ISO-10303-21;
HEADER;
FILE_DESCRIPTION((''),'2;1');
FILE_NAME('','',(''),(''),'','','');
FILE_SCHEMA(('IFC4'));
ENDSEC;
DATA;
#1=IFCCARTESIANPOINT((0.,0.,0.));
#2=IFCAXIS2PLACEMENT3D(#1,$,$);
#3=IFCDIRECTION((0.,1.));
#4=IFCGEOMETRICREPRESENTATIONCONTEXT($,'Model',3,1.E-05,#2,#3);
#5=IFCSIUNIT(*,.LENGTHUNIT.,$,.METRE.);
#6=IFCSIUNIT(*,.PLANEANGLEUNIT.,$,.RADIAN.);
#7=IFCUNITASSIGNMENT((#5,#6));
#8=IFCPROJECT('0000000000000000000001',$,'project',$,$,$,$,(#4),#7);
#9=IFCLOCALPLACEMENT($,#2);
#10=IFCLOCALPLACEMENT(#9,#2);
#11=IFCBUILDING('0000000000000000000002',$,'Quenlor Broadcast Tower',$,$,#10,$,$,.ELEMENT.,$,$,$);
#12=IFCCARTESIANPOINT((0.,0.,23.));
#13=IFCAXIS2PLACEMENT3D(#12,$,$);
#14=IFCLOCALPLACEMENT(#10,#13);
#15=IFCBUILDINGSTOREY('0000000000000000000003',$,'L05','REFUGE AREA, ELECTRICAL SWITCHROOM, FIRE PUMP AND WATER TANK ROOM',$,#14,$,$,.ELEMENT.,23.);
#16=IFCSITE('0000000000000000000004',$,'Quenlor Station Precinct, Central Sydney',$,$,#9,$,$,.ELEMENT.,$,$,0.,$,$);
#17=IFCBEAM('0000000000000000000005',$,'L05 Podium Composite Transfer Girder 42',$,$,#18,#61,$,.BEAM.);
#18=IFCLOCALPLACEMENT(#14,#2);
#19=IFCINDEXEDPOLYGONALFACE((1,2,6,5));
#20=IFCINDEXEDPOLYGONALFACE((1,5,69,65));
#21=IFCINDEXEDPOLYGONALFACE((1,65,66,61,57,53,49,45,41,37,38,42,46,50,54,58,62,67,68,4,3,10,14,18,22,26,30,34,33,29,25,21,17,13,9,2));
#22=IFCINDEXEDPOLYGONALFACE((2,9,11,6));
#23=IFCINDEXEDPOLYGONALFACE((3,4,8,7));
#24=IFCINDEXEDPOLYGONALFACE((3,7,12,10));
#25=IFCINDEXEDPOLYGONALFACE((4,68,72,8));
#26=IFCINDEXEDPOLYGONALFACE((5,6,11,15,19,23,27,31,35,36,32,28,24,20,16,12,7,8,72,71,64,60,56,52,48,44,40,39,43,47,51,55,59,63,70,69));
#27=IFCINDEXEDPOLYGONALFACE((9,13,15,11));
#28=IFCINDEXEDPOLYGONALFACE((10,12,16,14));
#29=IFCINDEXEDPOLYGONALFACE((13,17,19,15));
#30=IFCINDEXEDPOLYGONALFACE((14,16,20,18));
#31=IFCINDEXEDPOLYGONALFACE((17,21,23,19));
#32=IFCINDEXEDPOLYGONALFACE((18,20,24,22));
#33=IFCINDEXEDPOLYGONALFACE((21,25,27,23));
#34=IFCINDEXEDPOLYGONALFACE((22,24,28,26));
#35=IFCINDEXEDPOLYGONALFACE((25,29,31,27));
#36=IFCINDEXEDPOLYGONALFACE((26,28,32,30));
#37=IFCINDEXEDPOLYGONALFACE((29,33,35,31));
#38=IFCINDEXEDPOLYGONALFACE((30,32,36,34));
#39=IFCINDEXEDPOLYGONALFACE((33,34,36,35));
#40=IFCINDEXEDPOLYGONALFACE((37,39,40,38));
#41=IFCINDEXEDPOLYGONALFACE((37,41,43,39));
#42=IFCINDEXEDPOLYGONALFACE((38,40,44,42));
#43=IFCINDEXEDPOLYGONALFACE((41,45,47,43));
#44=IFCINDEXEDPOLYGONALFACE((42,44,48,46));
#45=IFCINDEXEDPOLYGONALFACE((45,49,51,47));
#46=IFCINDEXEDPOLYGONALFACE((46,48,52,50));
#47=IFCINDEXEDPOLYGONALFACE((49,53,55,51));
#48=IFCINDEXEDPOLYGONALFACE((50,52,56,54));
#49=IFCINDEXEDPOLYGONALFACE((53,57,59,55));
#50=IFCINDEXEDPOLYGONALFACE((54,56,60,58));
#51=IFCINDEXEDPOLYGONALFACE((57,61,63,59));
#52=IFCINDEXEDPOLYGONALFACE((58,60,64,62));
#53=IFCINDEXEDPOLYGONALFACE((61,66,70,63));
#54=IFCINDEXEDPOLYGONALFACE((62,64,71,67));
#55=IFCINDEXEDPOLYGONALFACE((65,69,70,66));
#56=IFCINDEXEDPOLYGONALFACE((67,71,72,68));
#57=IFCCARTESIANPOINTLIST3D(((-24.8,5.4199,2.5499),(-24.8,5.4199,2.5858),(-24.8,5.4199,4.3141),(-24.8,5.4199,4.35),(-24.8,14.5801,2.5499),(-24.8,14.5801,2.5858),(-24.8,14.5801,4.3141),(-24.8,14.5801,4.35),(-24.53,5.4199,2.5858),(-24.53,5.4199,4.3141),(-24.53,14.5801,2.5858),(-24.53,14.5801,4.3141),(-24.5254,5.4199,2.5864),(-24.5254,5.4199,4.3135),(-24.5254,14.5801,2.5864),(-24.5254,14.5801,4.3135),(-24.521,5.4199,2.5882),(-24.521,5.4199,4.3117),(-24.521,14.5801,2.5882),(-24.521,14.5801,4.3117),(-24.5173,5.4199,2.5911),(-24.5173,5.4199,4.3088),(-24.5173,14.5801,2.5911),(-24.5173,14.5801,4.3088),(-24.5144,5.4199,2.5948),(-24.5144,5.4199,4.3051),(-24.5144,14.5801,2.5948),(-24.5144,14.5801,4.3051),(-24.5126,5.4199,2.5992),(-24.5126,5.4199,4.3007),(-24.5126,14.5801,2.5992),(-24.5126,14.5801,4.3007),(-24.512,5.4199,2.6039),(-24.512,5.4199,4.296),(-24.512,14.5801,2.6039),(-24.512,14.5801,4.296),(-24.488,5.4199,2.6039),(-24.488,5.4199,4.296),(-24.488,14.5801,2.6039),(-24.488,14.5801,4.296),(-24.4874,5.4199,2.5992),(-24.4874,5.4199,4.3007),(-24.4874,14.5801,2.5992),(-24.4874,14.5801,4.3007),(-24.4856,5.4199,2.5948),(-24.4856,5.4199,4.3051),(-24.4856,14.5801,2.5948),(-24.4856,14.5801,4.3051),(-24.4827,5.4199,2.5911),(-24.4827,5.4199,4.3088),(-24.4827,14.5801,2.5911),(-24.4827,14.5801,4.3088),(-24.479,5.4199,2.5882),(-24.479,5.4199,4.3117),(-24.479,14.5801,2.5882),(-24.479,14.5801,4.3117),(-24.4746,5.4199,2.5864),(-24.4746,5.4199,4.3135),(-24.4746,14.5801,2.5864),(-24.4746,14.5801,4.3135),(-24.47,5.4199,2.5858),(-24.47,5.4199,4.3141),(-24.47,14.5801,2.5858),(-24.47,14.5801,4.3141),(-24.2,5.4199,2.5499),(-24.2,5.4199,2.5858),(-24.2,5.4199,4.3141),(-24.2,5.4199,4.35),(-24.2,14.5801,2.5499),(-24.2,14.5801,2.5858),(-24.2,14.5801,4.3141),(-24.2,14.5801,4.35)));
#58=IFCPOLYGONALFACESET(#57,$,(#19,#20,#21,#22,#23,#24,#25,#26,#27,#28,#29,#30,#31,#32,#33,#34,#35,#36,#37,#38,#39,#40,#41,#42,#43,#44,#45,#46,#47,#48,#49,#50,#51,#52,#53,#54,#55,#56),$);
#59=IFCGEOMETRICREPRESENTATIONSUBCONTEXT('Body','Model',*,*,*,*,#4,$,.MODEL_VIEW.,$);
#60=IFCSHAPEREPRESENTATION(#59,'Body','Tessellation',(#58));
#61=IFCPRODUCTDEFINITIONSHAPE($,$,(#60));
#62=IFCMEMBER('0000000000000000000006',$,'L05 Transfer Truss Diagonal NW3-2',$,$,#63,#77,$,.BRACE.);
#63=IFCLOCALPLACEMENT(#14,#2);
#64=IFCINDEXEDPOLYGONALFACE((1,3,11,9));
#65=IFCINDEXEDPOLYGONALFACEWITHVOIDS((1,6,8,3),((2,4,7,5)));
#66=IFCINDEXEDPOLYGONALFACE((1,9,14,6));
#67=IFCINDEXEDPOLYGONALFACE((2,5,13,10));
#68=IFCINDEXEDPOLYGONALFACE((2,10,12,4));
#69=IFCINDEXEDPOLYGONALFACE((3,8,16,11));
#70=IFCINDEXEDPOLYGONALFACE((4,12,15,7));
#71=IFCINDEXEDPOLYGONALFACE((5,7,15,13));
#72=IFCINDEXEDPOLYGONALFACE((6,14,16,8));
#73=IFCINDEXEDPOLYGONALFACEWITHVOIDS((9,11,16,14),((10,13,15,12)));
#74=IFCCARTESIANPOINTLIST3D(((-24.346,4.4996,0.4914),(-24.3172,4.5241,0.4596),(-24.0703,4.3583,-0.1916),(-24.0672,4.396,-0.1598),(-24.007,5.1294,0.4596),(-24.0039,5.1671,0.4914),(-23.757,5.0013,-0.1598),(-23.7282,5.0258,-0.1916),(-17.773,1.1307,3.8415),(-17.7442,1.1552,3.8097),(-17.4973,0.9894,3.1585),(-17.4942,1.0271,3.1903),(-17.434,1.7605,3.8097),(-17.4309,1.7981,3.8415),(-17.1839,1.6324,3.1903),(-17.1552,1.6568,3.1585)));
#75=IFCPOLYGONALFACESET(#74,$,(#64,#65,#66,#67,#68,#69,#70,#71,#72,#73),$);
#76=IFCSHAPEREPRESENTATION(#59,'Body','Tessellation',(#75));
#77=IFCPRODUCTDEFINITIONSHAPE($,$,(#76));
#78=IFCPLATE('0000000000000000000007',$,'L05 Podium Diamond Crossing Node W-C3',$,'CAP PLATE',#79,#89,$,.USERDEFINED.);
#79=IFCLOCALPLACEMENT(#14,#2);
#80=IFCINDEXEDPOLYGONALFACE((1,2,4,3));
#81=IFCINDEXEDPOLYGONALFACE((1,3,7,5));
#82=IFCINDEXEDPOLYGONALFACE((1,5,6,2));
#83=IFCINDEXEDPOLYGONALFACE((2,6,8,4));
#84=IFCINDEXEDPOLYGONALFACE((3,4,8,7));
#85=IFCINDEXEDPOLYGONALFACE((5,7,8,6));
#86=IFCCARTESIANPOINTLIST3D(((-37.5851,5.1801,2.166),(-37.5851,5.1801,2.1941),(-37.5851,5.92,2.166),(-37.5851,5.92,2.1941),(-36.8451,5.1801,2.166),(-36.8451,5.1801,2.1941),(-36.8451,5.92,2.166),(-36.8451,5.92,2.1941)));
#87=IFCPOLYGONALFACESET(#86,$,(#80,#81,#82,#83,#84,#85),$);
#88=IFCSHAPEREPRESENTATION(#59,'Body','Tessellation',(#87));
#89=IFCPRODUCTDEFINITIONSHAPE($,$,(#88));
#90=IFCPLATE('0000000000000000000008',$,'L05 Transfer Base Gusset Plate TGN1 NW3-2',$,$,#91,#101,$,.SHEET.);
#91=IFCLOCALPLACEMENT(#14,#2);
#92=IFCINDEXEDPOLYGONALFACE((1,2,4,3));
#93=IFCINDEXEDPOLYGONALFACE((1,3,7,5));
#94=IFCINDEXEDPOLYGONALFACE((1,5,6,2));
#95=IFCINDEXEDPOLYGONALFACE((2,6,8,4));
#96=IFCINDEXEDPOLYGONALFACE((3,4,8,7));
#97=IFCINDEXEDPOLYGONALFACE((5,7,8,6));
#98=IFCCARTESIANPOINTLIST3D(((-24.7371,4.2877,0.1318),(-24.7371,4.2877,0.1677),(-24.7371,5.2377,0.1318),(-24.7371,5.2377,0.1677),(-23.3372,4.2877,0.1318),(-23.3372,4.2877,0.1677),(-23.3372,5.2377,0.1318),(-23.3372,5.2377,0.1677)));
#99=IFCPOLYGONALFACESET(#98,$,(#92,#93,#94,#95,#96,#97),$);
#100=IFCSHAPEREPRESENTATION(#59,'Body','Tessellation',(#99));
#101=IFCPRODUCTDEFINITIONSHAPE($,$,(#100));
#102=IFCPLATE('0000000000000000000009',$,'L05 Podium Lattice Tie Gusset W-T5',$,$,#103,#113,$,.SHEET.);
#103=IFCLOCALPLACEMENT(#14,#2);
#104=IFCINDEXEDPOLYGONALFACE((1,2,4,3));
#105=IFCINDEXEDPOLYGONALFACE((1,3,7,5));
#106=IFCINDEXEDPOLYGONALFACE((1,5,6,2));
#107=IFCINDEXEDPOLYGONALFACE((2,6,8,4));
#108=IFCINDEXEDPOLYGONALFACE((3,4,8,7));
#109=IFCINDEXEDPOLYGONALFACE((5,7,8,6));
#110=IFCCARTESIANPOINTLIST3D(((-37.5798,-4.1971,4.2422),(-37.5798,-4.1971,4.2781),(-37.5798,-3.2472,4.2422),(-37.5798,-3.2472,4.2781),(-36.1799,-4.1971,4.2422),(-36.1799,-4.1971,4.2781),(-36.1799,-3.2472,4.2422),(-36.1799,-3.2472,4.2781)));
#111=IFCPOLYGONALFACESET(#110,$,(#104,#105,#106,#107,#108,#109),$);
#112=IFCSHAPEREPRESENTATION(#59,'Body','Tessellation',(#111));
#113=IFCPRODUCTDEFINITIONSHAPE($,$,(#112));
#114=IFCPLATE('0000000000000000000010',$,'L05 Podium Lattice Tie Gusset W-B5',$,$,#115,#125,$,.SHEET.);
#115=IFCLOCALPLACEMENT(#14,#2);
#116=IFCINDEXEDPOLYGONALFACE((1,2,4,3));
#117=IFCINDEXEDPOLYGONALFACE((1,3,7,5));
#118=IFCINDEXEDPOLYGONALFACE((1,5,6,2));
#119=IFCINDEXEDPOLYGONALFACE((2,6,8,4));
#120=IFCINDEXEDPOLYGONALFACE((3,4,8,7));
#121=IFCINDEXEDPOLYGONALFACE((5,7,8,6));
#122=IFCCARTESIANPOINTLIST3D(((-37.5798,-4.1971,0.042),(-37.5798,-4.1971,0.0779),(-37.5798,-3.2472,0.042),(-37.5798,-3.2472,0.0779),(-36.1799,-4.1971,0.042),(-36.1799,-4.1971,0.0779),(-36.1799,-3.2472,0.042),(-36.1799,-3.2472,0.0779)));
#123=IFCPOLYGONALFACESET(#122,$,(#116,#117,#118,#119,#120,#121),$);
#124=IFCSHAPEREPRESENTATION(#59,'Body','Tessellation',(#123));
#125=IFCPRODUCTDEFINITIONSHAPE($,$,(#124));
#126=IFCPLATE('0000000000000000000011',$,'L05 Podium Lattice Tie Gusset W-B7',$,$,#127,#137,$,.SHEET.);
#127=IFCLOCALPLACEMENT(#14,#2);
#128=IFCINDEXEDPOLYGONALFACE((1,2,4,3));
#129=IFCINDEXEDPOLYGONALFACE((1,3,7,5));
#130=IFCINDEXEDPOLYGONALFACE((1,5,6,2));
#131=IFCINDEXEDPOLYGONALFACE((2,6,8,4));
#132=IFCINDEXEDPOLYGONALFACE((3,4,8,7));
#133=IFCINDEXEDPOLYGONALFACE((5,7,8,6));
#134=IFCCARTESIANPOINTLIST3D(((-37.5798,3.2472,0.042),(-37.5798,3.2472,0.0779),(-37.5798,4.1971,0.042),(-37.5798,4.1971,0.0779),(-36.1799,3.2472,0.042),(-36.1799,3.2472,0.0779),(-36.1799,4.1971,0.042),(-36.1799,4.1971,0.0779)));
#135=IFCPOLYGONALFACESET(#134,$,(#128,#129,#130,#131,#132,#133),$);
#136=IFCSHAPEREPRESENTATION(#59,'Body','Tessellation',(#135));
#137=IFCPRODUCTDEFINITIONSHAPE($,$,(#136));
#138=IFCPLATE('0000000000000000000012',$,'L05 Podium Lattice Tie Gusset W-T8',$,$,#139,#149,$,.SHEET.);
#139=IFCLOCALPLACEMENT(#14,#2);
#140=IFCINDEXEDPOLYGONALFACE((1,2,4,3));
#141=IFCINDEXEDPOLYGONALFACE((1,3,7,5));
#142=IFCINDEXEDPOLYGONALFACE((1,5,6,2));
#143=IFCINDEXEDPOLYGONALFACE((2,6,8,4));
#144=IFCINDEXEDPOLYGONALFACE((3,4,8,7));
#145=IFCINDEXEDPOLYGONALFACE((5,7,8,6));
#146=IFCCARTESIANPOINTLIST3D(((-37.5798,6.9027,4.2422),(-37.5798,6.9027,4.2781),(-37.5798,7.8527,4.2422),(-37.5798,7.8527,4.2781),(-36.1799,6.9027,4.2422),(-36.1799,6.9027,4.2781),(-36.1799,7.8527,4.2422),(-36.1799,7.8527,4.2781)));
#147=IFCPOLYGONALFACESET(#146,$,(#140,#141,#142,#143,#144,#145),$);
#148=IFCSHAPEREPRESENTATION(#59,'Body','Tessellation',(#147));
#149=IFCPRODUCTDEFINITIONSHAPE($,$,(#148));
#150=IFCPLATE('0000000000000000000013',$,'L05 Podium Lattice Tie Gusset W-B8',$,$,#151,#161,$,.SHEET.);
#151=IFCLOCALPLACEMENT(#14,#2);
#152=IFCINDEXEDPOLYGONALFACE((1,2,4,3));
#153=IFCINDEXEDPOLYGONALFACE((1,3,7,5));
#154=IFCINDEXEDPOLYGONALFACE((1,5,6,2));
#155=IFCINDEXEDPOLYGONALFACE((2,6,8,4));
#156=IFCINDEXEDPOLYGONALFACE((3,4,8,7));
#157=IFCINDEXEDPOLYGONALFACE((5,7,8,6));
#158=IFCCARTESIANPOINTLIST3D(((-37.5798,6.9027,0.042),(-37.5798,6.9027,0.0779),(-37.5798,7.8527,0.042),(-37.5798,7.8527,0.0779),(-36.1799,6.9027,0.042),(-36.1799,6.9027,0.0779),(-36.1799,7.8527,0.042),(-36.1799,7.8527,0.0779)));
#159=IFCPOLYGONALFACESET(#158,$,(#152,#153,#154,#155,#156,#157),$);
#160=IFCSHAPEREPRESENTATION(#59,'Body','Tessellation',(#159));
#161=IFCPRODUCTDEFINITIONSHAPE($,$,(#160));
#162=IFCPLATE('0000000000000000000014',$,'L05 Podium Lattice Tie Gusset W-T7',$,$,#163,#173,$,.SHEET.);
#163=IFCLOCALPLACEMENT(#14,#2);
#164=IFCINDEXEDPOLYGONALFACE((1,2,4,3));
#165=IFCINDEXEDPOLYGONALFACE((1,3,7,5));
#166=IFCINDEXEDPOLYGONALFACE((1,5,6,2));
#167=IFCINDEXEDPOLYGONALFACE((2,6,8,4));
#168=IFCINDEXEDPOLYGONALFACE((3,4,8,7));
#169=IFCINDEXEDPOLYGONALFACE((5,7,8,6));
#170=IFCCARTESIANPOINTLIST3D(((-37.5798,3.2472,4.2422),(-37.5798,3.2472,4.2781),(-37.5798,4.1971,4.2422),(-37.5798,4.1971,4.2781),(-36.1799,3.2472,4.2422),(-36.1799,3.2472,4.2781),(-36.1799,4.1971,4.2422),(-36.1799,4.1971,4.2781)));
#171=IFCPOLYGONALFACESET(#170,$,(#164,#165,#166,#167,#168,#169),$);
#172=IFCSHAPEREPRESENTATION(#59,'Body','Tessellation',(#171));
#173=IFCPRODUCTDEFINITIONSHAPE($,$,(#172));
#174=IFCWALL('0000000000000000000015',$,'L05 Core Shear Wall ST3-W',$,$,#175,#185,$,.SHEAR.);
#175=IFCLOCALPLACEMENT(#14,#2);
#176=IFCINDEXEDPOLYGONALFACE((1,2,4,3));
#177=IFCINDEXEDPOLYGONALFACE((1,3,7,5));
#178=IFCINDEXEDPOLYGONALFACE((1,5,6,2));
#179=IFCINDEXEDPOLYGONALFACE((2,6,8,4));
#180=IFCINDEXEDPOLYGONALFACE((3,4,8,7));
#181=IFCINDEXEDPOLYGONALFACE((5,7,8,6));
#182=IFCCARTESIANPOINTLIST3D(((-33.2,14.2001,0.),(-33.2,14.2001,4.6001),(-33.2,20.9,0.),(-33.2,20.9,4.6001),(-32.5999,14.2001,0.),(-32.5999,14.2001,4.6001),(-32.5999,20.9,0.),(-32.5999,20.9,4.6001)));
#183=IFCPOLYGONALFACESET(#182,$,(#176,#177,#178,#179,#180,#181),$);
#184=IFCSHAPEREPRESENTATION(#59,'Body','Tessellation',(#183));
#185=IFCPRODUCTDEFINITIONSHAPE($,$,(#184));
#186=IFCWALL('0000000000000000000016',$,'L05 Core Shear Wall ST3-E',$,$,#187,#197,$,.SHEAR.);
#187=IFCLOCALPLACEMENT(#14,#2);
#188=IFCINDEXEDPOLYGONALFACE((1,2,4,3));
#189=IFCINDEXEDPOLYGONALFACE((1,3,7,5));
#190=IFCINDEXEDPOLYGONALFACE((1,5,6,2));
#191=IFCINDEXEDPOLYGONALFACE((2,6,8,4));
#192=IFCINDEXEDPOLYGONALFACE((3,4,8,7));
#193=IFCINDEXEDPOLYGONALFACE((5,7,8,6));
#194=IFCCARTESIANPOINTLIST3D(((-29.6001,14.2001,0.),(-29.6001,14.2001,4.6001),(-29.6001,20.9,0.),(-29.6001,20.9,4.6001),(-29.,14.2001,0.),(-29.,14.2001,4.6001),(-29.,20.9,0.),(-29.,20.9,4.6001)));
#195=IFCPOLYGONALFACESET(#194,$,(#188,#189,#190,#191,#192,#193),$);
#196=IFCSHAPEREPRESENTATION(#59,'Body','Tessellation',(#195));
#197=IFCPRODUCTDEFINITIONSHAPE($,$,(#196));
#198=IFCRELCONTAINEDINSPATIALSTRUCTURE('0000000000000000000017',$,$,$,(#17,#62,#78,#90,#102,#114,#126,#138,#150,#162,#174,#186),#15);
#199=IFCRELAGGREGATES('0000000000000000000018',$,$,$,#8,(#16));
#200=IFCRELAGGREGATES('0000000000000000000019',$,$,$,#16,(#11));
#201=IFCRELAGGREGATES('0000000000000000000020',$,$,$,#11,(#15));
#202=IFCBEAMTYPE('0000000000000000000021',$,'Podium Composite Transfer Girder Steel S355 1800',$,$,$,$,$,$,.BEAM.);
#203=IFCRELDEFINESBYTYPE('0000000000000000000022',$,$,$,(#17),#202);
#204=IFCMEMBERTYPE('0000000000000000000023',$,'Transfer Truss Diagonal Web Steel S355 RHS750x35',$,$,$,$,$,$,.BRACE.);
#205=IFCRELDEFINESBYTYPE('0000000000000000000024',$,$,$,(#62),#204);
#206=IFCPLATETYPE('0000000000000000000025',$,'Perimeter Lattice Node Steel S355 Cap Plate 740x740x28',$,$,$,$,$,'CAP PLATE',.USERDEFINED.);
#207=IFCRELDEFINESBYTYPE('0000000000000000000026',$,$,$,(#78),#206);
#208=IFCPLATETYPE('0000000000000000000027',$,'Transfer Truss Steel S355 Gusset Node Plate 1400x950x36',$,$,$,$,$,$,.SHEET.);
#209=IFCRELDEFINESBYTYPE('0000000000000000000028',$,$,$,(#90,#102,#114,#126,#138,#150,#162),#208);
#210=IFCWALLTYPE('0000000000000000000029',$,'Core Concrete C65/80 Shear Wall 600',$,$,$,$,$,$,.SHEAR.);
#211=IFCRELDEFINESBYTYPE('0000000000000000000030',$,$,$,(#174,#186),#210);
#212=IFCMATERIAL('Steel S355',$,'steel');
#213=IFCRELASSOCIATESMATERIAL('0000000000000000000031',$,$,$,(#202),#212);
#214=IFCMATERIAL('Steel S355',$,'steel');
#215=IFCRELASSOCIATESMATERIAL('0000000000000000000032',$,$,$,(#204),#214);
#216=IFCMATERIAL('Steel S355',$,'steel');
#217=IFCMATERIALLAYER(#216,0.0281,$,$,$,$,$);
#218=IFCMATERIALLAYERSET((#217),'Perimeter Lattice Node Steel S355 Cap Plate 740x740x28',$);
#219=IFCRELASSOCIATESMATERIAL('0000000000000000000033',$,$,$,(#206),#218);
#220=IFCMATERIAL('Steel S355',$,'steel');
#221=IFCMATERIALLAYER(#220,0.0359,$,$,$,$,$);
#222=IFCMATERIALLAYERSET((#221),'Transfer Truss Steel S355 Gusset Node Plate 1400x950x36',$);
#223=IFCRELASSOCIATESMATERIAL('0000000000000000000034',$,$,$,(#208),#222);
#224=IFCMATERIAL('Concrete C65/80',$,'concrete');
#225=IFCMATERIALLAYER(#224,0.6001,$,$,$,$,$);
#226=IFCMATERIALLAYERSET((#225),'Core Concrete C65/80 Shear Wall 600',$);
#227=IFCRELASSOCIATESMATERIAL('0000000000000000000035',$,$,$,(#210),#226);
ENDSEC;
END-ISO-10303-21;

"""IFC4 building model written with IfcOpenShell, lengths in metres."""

from ifc_helpers import new_model, si_unit, direction, frame, frame_2d, origin, origin_2d, place, context, subcontext, project, spatial, rectangle, hollow_rectangle, i_section, extrude, material, layer, layer_set, material_profile, profile_set, type_object, element, save


model = new_model("IFC4")

# Units and contexts
model_context = context("Model", 3, precision=1e-05, world=origin(), true_north=direction((0.0, 1.0)))
body_context = subcontext(model_context, "Body", "Model", "MODEL_VIEW")
ifc_project = project(units=[si_unit("LENGTHUNIT", "METRE"), si_unit("PLANEANGLEUNIT", "RADIAN")], contexts=[model_context])

# Site, building, storey
site_placement = place(None, origin())
site = spatial("IfcSite", under=ifc_project, at=site_placement, Name="Quenlor Station Precinct, Central Sydney", CompositionType="ELEMENT", RefElevation=0.0)
building_placement = place(site_placement, origin())
building = spatial("IfcBuilding", under=site, at=building_placement, Name="Quenlor Broadcast Tower", CompositionType="ELEMENT")
storey_placement = place(building_placement, frame((0.0, 0.0, 23.0)))
storey = spatial("IfcBuildingStorey", under=building, at=storey_placement, Name="L05", Description="REFUGE AREA, ELECTRICAL SWITCHROOM, FIRE PUMP AND WATER TANK ROOM", CompositionType="ELEMENT", Elevation=23.0)

# Beam
ifc_material_1 = material(Name="Steel S355", Category="steel")
ifc_material_profile_1 = material_profile(ifc_material_1, i_section(OverallWidth=0.6001, OverallDepth=1.8, WebThickness=0.0239, FlangeThickness=0.0359, FilletRadius=0.0181, at=origin_2d()))
ifc_profile_set_1 = profile_set([ifc_material_profile_1], Name="Steel S355 1800TG620")
beam_type = type_object("IfcBeamType", Name="Podium Composite Transfer Girder Steel S355 1800", PredefinedType="BEAM", material=ifc_profile_set_1)
for number, where, z_axis, x_axis, name in (
    (1, (-24.5, 5.4199, 3.45), (0.0, 1.0, 0.0), (-1.0, 0.0, 0.0), "L05 Podium Composite Transfer Girder 42"),
):
    element("IfcBeam", number, at=place(storey_placement, frame(where, z_axis=z_axis, x_axis=x_axis)), inside=storey, type_object=beam_type, Name=name, PredefinedType="BEAM", context=body_context, shape_type="SweptSolid", body=[
        extrude(i_section(OverallWidth=0.6001, OverallDepth=1.8, WebThickness=0.0239, FlangeThickness=0.0359, FilletRadius=0.0181, at=origin_2d()), origin(), (0.0, 0.0, 1.0), 9.1602),
    ])

# Member
ifc_material_2 = material(Name="Steel S355", Category="steel")
ifc_material_profile_2 = material_profile(ifc_material_2, hollow_rectangle(XDim=0.75, YDim=0.75, WallThickness=0.0349, at=origin_2d()))
ifc_profile_set_2 = profile_set([ifc_material_profile_2], Name="Steel S355 RHS750x750x35")
member_type_1 = type_object("IfcMemberType", Name="Transfer Truss Diagonal Web Steel S355 RHS750x35", PredefinedType="BRACE", material=ifc_profile_set_2)
member_1_placement = place(storey_placement, frame((-24.0371, 4.7627, 0.1499), z_axis=(0.810451, -0.415385, 0.413067), x_axis=(0.456116, 0.88992, 0.0)))
element("IfcMember", 2, at=member_1_placement, inside=storey, type_object=member_type_1, Name="L05 Transfer Truss Diagonal NW3-2", PredefinedType="BRACE", context=body_context, shape_type="SweptSolid", body=[
    extrude(hollow_rectangle(XDim=0.75, YDim=0.75, WallThickness=0.0349, at=origin_2d()), origin(), (0.0, 0.0, 1.0), 8.1104),
])

# Plates
ifc_material_3 = material(Name="Steel S355", Category="steel")
ifc_layer_1 = layer(ifc_material_3, 0.0281)
ifc_layer_set_1 = layer_set([ifc_layer_1], Name="Perimeter Lattice Node Steel S355 Cap Plate 740x740x28")
plate_type_1 = type_object("IfcPlateType", Name="Perimeter Lattice Node Steel S355 Cap Plate 740x740x28", ElementType="CAP PLATE", PredefinedType="USERDEFINED", material=ifc_layer_set_1)
plate_placement = place(storey_placement, frame((-37.2151, 5.55, 2.166), z_axis=(0.0, 0.0, 1.0), x_axis=(0.0, 1.0, 0.0)))
element("IfcPlate", 3, at=plate_placement, inside=storey, type_object=plate_type_1, Name="L05 Podium Diamond Crossing Node W-C3", ObjectType="CAP PLATE", PredefinedType="USERDEFINED", context=body_context, shape_type="SweptSolid", body=[
    extrude(rectangle(XDim=0.74, YDim=0.74, at=origin_2d()), origin(), (0.0, 0.0, 1.0), 0.0281),
])
ifc_material_4 = material(Name="Steel S355", Category="steel")
ifc_layer_2 = layer(ifc_material_4, 0.0359)
ifc_layer_set_2 = layer_set([ifc_layer_2], Name="Transfer Truss Steel S355 Gusset Node Plate 1400x950x36")
plate_type_2 = type_object("IfcPlateType", Name="Transfer Truss Steel S355 Gusset Node Plate 1400x950x36", PredefinedType="SHEET", material=ifc_layer_set_2)
for number, where, z_axis, x_axis, name in (
    (4, (-24.0371, 4.7627, 0.1318), (0.0, 0.0, 1.0), (1.0, 0.0, 0.0), "L05 Transfer Base Gusset Plate TGN1 NW3-2"),
    (5, (-36.8799, -3.7222, 4.2422), (0.0, 0.0, 1.0), (-1.0, 0.0, 0.0), "L05 Podium Lattice Tie Gusset W-T5"),
    (6, (-36.8799, -3.7222, 0.042), (0.0, 0.0, 1.0), (-1.0, 0.0, 0.0), "L05 Podium Lattice Tie Gusset W-B5"),
    (7, (-36.8799, 3.7222, 0.042), (0.0, 0.0, 1.0), (-1.0, 0.0, 0.0), "L05 Podium Lattice Tie Gusset W-B7"),
    (8, (-36.8799, 7.3777, 4.2422), (0.0, 0.0, 1.0), (-1.0, 0.0, 0.0), "L05 Podium Lattice Tie Gusset W-T8"),
    (9, (-36.8799, 7.3777, 0.042), (0.0, 0.0, 1.0), (-1.0, 0.0, 0.0), "L05 Podium Lattice Tie Gusset W-B8"),
    (10, (-36.8799, 3.7222, 4.2422), (0.0, 0.0, 1.0), (-1.0, 0.0, 0.0), "L05 Podium Lattice Tie Gusset W-T7"),
):
    element("IfcPlate", number, at=place(storey_placement, frame(where, z_axis=z_axis, x_axis=x_axis)), inside=storey, type_object=plate_type_2, Name=name, PredefinedType="SHEET", context=body_context, shape_type="SweptSolid", body=[
        extrude(rectangle(XDim=1.3999, YDim=0.95, at=origin_2d()), origin(), (0.0, 0.0, 1.0), 0.0359),
    ])

# Walls
ifc_material_5 = material(Name="Concrete C65/80", Category="concrete")
ifc_layer_3 = layer(ifc_material_5, 0.6001)
ifc_layer_set_3 = layer_set([ifc_layer_3], Name="Core Concrete C65/80 Shear Wall 600")
wall_type_1 = type_object("IfcWallType", Name="Core Concrete C65/80 Shear Wall 600", PredefinedType="SHEAR", material=ifc_layer_set_3)
for number, where, z_axis, x_axis, name in (
    (11, (-32.8999, 14.2, 0.0), (0.0, 0.0, 1.0), (0.0, 1.0, 0.0), "L05 Core Shear Wall ST3-W"),
    (12, (-29.3, 14.2, 0.0), (0.0, 0.0, 1.0), (0.0, 1.0, 0.0), "L05 Core Shear Wall ST3-E"),
):
    element("IfcWall", number, at=place(storey_placement, frame(where, z_axis=z_axis, x_axis=x_axis)), inside=storey, type_object=wall_type_1, Name=name, PredefinedType="SHEAR", context=body_context, shape_type="SweptSolid", body=[
        extrude(rectangle(XDim=6.7, YDim=0.6001, at=frame_2d((3.3501, 0.0))), origin(), (0.0, 0.0, 1.0), 4.6001),
    ])

save(model, "model.ifc")
